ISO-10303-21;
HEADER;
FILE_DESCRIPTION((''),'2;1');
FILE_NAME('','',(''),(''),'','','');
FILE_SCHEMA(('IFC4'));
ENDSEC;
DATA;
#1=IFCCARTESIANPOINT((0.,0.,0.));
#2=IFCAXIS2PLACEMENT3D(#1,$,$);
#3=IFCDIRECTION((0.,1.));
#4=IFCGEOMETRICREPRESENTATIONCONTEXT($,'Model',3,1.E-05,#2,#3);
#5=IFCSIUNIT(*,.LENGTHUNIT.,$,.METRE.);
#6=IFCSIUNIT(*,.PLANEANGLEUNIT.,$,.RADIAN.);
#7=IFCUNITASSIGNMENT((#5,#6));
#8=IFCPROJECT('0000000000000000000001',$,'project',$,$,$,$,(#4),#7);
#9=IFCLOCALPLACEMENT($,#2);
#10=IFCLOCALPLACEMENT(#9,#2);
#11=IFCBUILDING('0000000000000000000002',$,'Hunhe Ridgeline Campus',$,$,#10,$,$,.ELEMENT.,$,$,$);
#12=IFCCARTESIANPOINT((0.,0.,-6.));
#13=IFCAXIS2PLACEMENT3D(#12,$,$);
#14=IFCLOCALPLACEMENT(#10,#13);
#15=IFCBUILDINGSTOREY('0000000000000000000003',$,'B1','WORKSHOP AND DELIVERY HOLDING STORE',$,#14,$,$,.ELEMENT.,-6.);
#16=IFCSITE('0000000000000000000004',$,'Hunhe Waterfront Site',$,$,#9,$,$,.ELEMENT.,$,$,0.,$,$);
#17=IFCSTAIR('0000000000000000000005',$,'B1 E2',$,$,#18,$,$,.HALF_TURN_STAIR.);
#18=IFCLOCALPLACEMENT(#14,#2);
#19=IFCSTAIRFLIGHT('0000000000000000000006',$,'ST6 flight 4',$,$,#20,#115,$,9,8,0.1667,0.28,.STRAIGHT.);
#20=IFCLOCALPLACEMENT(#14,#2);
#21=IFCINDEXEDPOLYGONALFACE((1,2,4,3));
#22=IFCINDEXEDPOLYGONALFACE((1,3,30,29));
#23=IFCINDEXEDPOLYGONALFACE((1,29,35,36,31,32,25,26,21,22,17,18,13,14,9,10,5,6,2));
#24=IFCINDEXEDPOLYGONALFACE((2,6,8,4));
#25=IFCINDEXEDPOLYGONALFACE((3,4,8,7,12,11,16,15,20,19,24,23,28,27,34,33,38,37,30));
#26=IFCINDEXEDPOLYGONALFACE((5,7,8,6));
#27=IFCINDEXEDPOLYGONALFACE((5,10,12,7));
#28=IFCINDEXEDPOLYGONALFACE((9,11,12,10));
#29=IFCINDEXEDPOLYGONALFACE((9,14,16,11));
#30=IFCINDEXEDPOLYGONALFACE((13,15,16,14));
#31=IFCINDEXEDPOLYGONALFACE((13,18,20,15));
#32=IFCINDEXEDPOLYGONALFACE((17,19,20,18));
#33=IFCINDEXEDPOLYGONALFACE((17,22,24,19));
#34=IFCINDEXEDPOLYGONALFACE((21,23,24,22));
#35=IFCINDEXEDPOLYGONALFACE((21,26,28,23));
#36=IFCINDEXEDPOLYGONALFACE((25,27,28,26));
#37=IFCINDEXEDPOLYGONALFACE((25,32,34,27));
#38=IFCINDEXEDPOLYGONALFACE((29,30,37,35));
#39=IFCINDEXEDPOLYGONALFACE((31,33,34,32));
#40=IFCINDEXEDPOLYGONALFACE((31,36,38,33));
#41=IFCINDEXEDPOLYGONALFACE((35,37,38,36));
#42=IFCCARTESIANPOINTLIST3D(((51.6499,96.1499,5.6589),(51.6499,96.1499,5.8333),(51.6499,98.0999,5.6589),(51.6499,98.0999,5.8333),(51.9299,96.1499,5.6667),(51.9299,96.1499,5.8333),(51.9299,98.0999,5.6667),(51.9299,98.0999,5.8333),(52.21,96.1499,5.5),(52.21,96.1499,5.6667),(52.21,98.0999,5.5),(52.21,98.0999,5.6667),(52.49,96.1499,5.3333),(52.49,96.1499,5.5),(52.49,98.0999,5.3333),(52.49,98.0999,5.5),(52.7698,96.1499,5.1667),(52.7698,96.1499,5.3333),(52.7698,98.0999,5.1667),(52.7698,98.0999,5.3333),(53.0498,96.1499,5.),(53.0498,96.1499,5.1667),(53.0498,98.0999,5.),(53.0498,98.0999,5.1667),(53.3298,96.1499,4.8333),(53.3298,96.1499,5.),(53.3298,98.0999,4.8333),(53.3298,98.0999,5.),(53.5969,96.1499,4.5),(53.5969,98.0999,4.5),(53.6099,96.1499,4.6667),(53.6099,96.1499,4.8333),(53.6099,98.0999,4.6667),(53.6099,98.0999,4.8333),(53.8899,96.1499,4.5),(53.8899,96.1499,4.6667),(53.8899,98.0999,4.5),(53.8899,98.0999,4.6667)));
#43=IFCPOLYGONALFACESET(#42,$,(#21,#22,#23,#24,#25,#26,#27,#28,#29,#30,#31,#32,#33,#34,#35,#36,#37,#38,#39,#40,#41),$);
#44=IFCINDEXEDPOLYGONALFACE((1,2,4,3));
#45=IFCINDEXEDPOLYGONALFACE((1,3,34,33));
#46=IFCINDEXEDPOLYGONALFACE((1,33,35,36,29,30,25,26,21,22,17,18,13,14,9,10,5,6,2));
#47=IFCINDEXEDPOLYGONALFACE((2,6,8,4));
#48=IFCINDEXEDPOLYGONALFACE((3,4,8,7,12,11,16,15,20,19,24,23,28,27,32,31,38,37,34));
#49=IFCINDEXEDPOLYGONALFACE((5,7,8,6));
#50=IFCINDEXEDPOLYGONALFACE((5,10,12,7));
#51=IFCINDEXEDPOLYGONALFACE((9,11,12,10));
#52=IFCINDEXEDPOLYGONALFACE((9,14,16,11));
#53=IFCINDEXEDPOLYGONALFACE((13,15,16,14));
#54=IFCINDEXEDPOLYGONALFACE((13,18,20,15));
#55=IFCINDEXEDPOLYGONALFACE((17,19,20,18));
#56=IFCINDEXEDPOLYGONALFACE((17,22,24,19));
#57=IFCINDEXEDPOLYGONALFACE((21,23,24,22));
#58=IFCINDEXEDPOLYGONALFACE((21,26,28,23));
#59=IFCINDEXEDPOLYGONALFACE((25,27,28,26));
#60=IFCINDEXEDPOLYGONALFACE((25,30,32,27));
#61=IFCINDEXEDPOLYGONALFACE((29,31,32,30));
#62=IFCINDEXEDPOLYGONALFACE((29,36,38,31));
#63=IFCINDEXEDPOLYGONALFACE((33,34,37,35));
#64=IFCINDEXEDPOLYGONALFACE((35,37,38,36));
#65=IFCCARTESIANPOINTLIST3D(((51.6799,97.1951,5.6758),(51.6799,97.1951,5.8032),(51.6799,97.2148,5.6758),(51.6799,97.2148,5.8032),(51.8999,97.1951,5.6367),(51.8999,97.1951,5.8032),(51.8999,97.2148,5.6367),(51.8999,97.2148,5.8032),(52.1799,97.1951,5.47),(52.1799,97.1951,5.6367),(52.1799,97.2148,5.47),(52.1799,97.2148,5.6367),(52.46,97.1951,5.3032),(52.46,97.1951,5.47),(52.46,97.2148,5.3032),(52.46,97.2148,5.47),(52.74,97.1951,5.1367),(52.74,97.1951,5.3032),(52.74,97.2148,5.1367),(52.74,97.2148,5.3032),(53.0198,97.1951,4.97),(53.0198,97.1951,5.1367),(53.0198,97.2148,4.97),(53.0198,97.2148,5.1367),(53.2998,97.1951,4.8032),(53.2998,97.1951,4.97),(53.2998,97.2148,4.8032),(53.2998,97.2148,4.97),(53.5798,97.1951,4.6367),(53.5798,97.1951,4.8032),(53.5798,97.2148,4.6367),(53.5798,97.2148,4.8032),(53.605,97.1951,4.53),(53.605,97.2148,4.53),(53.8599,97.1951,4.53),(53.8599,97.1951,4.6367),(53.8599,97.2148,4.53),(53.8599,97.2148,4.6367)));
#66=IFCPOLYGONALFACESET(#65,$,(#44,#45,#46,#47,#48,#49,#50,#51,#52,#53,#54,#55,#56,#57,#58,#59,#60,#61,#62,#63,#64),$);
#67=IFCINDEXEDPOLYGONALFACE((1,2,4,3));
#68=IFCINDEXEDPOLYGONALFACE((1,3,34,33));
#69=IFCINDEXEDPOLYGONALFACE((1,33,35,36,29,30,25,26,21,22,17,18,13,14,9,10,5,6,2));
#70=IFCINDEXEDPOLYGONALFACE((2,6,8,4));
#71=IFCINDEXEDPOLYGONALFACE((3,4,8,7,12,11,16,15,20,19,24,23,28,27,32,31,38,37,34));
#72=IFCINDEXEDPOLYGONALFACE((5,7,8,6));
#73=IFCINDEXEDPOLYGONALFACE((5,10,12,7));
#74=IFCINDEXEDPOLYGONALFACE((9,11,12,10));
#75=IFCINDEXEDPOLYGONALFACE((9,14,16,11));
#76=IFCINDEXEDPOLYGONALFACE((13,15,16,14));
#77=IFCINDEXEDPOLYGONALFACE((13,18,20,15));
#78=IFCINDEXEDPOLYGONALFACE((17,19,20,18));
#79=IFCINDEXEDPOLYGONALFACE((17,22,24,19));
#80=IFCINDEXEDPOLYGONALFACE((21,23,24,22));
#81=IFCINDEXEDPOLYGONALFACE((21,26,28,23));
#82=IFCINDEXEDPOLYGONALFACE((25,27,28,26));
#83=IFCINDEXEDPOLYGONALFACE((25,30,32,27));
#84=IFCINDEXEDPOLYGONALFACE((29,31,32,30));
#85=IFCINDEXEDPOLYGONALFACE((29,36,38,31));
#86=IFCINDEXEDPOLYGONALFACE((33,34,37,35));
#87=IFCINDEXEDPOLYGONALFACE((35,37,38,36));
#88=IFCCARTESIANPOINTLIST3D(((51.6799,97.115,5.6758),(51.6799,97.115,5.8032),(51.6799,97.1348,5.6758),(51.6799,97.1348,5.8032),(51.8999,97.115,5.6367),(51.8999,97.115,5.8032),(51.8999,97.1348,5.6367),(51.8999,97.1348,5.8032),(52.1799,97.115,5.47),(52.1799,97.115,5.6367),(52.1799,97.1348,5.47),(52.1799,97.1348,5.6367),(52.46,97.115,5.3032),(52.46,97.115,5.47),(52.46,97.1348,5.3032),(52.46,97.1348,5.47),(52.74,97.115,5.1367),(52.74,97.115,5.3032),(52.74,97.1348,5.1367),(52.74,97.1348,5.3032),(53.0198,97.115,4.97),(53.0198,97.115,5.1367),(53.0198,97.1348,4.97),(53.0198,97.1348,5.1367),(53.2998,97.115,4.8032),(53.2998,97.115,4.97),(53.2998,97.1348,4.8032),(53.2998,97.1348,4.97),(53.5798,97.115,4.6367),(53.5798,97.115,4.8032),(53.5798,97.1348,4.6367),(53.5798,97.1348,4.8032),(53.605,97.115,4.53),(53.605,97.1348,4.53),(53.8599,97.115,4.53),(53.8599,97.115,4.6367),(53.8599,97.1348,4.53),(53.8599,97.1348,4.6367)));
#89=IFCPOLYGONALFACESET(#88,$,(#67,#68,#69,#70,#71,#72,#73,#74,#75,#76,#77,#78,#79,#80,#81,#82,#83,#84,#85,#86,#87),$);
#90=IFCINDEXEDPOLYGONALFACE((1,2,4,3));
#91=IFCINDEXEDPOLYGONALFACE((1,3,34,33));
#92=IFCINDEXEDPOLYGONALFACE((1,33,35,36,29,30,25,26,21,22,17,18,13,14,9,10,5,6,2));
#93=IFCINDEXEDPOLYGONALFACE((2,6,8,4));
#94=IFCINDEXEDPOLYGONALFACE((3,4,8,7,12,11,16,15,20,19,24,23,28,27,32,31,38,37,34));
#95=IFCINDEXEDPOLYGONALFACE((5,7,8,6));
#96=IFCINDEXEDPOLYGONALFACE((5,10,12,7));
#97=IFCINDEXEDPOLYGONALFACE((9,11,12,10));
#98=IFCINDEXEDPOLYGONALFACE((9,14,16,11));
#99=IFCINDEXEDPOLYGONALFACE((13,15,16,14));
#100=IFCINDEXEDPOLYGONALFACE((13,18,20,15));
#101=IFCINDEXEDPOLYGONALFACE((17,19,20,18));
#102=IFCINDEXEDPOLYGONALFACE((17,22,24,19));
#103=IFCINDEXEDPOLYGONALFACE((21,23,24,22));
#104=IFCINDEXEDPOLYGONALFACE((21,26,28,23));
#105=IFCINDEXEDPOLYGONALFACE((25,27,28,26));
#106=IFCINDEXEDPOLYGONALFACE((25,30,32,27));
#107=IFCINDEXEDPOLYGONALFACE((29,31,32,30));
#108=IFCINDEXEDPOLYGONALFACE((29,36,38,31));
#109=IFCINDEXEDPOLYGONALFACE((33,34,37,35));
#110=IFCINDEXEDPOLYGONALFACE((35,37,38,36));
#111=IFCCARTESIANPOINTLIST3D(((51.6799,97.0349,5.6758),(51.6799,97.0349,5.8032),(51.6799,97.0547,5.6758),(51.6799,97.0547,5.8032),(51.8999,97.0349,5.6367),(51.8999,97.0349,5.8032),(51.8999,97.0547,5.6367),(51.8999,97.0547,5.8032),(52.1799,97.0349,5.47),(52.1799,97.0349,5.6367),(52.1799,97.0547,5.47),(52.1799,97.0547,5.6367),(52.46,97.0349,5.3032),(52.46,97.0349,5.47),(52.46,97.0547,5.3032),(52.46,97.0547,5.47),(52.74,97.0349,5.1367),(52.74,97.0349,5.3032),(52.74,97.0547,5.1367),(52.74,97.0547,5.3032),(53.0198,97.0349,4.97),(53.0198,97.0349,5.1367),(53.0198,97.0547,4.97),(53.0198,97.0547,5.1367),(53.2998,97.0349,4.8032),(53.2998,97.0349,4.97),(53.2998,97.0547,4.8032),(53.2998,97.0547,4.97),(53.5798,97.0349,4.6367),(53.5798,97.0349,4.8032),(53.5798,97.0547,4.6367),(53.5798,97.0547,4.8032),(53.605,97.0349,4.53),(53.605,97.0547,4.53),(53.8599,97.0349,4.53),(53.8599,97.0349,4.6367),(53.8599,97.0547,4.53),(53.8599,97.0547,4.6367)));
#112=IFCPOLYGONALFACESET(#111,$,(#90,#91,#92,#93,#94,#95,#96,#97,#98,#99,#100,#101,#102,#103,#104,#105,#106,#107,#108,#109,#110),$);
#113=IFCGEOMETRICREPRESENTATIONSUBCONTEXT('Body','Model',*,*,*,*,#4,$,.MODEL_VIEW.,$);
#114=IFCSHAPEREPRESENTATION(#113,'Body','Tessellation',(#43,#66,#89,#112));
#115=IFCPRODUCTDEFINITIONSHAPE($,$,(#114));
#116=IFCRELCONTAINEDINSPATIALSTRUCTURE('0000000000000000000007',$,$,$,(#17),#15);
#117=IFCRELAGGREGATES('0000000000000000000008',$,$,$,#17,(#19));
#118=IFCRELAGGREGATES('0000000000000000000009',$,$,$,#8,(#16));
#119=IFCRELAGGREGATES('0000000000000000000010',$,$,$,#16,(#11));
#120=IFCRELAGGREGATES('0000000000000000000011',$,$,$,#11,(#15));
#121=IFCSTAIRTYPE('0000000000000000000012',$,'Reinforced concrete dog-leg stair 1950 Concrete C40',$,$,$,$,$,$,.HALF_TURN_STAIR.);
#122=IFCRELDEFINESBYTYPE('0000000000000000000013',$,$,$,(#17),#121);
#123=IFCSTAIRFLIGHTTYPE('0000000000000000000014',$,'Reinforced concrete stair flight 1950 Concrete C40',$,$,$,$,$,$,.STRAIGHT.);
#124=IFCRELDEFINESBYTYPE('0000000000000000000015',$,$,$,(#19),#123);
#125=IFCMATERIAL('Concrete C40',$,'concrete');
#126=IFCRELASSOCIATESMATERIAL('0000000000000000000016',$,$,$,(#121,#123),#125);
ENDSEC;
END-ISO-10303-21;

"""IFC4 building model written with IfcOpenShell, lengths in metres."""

from ifc_helpers import new_model, si_unit, direction, frame, origin, place, context, subcontext, project, spatial, polyline, outline, extrude, material, type_object, element, aggregate, save


model = new_model("IFC4")

# Units and contexts
model_context = context("Model", 3, precision=1e-05, world=origin(), true_north=direction((0.0, 1.0)))
body_context = subcontext(model_context, "Body", "Model", "MODEL_VIEW")
ifc_project = project(units=[si_unit("LENGTHUNIT", "METRE"), si_unit("PLANEANGLEUNIT", "RADIAN")], contexts=[model_context])

# Site, building, storey
site_placement = place(None, origin())
site = spatial("IfcSite", under=ifc_project, at=site_placement, Name="Hunhe Waterfront Site", CompositionType="ELEMENT", RefElevation=0.0)
building_placement = place(site_placement, origin())
building = spatial("IfcBuilding", under=site, at=building_placement, Name="Hunhe Ridgeline Campus", CompositionType="ELEMENT")
storey_placement = place(building_placement, frame((0.0, 0.0, -6.0)))
storey = spatial("IfcBuildingStorey", under=building, at=storey_placement, Name="B1", Description="WORKSHOP AND DELIVERY HOLDING STORE", CompositionType="ELEMENT", Elevation=-6.0)

# Stair, stair flight
ifc_material_1 = material(Name="Concrete C40", Category="concrete")
stair_type = type_object("IfcStairType", Name="Reinforced concrete dog-leg stair 1950 Concrete C40", PredefinedType="HALF_TURN_STAIR", material=ifc_material_1)
stair_flight_type = type_object("IfcStairFlightType", Name="Reinforced concrete stair flight 1950 Concrete C40", PredefinedType="STRAIGHT", material=ifc_material_1)
stair_1_placement = place(storey_placement, origin())
stair_1 = element("IfcStair", 1, at=stair_1_placement, inside=storey, type_object=stair_type, Name="B1 E2", PredefinedType="HALF_TURN_STAIR")
stair_flight_1_placement = place(storey_placement, frame((53.8899, 97.125, 4.5), z_axis=(0.0, 0.0, 1.0), x_axis=(-1.0, 0.0, 0.0)))
stair_flight_1 = element("IfcStairFlight", 2, at=stair_flight_1_placement, type_object=stair_flight_type, Name="ST6 flight 4", NumberOfRisers=9, NumberOfTreads=8, PredefinedType="STRAIGHT", RiserHeight=0.1667, TreadLength=0.28, context=body_context, shape_type="SweptSolid", body=[
    extrude(outline(polyline([(0.0, 0.0), (0.0, 0.1667), (0.28, 0.1667), (0.28, 0.3333), (0.5601, 0.3333), (0.5601, 0.5), (0.8401, 0.5), (0.8401, 0.6667), (1.1201, 0.6667), (1.1201, 0.8333), (1.3999, 0.8333), (1.3999, 1.0), (1.6799, 1.0), (1.6799, 1.1667), (1.96, 1.1667), (1.96, 1.3333), (2.24, 1.3333), (2.24, 1.5), (2.24, 1.1589), (0.293, 0.0), (0.0, 0.0)])), frame((0.0, 0.9751, 0.0), z_axis=(0.0, -1.0, 0.0), x_axis=(1.0, 0.0, 0.0)), (0.0, 0.0, 1.0), 1.95),
    extrude(outline(polyline([(0.03, 0.03), (0.03, 0.1367), (0.3101, 0.1367), (0.3101, 0.3032), (0.5901, 0.3032), (0.5901, 0.47), (0.8701, 0.47), (0.8701, 0.6367), (1.1499, 0.6367), (1.1499, 0.8032), (1.4299, 0.8032), (1.4299, 0.97), (1.71, 0.97), (1.71, 1.1367), (1.99, 1.1367), (1.99, 1.3032), (2.21, 1.3032), (2.21, 1.1758), (0.2849, 0.03), (0.03, 0.03)])), frame((0.0, -0.0701, 0.0), z_axis=(0.0, -1.0, 0.0), x_axis=(1.0, 0.0, 0.0)), (0.0, 0.0, 1.0), 0.0198),
    extrude(outline(polyline([(0.03, 0.03), (0.03, 0.1367), (0.3101, 0.1367), (0.3101, 0.3032), (0.5901, 0.3032), (0.5901, 0.47), (0.8701, 0.47), (0.8701, 0.6367), (1.1499, 0.6367), (1.1499, 0.8032), (1.4299, 0.8032), (1.4299, 0.97), (1.71, 0.97), (1.71, 1.1367), (1.99, 1.1367), (1.99, 1.3032), (2.21, 1.3032), (2.21, 1.1758), (0.2849, 0.03), (0.03, 0.03)])), frame((0.0, 0.01, 0.0), z_axis=(0.0, -1.0, 0.0), x_axis=(1.0, 0.0, 0.0)), (0.0, 0.0, 1.0), 0.0198),
    extrude(outline(polyline([(0.03, 0.03), (0.03, 0.1367), (0.3101, 0.1367), (0.3101, 0.3032), (0.5901, 0.3032), (0.5901, 0.47), (0.8701, 0.47), (0.8701, 0.6367), (1.1499, 0.6367), (1.1499, 0.8032), (1.4299, 0.8032), (1.4299, 0.97), (1.71, 0.97), (1.71, 1.1367), (1.99, 1.1367), (1.99, 1.3032), (2.21, 1.3032), (2.21, 1.1758), (0.2849, 0.03), (0.03, 0.03)])), frame((0.0, 0.0901, 0.0), z_axis=(0.0, -1.0, 0.0), x_axis=(1.0, 0.0, 0.0)), (0.0, 0.0, 1.0), 0.0198),
])
aggregate(stair_1, [stair_flight_1])

save(model, "model.ifc")
